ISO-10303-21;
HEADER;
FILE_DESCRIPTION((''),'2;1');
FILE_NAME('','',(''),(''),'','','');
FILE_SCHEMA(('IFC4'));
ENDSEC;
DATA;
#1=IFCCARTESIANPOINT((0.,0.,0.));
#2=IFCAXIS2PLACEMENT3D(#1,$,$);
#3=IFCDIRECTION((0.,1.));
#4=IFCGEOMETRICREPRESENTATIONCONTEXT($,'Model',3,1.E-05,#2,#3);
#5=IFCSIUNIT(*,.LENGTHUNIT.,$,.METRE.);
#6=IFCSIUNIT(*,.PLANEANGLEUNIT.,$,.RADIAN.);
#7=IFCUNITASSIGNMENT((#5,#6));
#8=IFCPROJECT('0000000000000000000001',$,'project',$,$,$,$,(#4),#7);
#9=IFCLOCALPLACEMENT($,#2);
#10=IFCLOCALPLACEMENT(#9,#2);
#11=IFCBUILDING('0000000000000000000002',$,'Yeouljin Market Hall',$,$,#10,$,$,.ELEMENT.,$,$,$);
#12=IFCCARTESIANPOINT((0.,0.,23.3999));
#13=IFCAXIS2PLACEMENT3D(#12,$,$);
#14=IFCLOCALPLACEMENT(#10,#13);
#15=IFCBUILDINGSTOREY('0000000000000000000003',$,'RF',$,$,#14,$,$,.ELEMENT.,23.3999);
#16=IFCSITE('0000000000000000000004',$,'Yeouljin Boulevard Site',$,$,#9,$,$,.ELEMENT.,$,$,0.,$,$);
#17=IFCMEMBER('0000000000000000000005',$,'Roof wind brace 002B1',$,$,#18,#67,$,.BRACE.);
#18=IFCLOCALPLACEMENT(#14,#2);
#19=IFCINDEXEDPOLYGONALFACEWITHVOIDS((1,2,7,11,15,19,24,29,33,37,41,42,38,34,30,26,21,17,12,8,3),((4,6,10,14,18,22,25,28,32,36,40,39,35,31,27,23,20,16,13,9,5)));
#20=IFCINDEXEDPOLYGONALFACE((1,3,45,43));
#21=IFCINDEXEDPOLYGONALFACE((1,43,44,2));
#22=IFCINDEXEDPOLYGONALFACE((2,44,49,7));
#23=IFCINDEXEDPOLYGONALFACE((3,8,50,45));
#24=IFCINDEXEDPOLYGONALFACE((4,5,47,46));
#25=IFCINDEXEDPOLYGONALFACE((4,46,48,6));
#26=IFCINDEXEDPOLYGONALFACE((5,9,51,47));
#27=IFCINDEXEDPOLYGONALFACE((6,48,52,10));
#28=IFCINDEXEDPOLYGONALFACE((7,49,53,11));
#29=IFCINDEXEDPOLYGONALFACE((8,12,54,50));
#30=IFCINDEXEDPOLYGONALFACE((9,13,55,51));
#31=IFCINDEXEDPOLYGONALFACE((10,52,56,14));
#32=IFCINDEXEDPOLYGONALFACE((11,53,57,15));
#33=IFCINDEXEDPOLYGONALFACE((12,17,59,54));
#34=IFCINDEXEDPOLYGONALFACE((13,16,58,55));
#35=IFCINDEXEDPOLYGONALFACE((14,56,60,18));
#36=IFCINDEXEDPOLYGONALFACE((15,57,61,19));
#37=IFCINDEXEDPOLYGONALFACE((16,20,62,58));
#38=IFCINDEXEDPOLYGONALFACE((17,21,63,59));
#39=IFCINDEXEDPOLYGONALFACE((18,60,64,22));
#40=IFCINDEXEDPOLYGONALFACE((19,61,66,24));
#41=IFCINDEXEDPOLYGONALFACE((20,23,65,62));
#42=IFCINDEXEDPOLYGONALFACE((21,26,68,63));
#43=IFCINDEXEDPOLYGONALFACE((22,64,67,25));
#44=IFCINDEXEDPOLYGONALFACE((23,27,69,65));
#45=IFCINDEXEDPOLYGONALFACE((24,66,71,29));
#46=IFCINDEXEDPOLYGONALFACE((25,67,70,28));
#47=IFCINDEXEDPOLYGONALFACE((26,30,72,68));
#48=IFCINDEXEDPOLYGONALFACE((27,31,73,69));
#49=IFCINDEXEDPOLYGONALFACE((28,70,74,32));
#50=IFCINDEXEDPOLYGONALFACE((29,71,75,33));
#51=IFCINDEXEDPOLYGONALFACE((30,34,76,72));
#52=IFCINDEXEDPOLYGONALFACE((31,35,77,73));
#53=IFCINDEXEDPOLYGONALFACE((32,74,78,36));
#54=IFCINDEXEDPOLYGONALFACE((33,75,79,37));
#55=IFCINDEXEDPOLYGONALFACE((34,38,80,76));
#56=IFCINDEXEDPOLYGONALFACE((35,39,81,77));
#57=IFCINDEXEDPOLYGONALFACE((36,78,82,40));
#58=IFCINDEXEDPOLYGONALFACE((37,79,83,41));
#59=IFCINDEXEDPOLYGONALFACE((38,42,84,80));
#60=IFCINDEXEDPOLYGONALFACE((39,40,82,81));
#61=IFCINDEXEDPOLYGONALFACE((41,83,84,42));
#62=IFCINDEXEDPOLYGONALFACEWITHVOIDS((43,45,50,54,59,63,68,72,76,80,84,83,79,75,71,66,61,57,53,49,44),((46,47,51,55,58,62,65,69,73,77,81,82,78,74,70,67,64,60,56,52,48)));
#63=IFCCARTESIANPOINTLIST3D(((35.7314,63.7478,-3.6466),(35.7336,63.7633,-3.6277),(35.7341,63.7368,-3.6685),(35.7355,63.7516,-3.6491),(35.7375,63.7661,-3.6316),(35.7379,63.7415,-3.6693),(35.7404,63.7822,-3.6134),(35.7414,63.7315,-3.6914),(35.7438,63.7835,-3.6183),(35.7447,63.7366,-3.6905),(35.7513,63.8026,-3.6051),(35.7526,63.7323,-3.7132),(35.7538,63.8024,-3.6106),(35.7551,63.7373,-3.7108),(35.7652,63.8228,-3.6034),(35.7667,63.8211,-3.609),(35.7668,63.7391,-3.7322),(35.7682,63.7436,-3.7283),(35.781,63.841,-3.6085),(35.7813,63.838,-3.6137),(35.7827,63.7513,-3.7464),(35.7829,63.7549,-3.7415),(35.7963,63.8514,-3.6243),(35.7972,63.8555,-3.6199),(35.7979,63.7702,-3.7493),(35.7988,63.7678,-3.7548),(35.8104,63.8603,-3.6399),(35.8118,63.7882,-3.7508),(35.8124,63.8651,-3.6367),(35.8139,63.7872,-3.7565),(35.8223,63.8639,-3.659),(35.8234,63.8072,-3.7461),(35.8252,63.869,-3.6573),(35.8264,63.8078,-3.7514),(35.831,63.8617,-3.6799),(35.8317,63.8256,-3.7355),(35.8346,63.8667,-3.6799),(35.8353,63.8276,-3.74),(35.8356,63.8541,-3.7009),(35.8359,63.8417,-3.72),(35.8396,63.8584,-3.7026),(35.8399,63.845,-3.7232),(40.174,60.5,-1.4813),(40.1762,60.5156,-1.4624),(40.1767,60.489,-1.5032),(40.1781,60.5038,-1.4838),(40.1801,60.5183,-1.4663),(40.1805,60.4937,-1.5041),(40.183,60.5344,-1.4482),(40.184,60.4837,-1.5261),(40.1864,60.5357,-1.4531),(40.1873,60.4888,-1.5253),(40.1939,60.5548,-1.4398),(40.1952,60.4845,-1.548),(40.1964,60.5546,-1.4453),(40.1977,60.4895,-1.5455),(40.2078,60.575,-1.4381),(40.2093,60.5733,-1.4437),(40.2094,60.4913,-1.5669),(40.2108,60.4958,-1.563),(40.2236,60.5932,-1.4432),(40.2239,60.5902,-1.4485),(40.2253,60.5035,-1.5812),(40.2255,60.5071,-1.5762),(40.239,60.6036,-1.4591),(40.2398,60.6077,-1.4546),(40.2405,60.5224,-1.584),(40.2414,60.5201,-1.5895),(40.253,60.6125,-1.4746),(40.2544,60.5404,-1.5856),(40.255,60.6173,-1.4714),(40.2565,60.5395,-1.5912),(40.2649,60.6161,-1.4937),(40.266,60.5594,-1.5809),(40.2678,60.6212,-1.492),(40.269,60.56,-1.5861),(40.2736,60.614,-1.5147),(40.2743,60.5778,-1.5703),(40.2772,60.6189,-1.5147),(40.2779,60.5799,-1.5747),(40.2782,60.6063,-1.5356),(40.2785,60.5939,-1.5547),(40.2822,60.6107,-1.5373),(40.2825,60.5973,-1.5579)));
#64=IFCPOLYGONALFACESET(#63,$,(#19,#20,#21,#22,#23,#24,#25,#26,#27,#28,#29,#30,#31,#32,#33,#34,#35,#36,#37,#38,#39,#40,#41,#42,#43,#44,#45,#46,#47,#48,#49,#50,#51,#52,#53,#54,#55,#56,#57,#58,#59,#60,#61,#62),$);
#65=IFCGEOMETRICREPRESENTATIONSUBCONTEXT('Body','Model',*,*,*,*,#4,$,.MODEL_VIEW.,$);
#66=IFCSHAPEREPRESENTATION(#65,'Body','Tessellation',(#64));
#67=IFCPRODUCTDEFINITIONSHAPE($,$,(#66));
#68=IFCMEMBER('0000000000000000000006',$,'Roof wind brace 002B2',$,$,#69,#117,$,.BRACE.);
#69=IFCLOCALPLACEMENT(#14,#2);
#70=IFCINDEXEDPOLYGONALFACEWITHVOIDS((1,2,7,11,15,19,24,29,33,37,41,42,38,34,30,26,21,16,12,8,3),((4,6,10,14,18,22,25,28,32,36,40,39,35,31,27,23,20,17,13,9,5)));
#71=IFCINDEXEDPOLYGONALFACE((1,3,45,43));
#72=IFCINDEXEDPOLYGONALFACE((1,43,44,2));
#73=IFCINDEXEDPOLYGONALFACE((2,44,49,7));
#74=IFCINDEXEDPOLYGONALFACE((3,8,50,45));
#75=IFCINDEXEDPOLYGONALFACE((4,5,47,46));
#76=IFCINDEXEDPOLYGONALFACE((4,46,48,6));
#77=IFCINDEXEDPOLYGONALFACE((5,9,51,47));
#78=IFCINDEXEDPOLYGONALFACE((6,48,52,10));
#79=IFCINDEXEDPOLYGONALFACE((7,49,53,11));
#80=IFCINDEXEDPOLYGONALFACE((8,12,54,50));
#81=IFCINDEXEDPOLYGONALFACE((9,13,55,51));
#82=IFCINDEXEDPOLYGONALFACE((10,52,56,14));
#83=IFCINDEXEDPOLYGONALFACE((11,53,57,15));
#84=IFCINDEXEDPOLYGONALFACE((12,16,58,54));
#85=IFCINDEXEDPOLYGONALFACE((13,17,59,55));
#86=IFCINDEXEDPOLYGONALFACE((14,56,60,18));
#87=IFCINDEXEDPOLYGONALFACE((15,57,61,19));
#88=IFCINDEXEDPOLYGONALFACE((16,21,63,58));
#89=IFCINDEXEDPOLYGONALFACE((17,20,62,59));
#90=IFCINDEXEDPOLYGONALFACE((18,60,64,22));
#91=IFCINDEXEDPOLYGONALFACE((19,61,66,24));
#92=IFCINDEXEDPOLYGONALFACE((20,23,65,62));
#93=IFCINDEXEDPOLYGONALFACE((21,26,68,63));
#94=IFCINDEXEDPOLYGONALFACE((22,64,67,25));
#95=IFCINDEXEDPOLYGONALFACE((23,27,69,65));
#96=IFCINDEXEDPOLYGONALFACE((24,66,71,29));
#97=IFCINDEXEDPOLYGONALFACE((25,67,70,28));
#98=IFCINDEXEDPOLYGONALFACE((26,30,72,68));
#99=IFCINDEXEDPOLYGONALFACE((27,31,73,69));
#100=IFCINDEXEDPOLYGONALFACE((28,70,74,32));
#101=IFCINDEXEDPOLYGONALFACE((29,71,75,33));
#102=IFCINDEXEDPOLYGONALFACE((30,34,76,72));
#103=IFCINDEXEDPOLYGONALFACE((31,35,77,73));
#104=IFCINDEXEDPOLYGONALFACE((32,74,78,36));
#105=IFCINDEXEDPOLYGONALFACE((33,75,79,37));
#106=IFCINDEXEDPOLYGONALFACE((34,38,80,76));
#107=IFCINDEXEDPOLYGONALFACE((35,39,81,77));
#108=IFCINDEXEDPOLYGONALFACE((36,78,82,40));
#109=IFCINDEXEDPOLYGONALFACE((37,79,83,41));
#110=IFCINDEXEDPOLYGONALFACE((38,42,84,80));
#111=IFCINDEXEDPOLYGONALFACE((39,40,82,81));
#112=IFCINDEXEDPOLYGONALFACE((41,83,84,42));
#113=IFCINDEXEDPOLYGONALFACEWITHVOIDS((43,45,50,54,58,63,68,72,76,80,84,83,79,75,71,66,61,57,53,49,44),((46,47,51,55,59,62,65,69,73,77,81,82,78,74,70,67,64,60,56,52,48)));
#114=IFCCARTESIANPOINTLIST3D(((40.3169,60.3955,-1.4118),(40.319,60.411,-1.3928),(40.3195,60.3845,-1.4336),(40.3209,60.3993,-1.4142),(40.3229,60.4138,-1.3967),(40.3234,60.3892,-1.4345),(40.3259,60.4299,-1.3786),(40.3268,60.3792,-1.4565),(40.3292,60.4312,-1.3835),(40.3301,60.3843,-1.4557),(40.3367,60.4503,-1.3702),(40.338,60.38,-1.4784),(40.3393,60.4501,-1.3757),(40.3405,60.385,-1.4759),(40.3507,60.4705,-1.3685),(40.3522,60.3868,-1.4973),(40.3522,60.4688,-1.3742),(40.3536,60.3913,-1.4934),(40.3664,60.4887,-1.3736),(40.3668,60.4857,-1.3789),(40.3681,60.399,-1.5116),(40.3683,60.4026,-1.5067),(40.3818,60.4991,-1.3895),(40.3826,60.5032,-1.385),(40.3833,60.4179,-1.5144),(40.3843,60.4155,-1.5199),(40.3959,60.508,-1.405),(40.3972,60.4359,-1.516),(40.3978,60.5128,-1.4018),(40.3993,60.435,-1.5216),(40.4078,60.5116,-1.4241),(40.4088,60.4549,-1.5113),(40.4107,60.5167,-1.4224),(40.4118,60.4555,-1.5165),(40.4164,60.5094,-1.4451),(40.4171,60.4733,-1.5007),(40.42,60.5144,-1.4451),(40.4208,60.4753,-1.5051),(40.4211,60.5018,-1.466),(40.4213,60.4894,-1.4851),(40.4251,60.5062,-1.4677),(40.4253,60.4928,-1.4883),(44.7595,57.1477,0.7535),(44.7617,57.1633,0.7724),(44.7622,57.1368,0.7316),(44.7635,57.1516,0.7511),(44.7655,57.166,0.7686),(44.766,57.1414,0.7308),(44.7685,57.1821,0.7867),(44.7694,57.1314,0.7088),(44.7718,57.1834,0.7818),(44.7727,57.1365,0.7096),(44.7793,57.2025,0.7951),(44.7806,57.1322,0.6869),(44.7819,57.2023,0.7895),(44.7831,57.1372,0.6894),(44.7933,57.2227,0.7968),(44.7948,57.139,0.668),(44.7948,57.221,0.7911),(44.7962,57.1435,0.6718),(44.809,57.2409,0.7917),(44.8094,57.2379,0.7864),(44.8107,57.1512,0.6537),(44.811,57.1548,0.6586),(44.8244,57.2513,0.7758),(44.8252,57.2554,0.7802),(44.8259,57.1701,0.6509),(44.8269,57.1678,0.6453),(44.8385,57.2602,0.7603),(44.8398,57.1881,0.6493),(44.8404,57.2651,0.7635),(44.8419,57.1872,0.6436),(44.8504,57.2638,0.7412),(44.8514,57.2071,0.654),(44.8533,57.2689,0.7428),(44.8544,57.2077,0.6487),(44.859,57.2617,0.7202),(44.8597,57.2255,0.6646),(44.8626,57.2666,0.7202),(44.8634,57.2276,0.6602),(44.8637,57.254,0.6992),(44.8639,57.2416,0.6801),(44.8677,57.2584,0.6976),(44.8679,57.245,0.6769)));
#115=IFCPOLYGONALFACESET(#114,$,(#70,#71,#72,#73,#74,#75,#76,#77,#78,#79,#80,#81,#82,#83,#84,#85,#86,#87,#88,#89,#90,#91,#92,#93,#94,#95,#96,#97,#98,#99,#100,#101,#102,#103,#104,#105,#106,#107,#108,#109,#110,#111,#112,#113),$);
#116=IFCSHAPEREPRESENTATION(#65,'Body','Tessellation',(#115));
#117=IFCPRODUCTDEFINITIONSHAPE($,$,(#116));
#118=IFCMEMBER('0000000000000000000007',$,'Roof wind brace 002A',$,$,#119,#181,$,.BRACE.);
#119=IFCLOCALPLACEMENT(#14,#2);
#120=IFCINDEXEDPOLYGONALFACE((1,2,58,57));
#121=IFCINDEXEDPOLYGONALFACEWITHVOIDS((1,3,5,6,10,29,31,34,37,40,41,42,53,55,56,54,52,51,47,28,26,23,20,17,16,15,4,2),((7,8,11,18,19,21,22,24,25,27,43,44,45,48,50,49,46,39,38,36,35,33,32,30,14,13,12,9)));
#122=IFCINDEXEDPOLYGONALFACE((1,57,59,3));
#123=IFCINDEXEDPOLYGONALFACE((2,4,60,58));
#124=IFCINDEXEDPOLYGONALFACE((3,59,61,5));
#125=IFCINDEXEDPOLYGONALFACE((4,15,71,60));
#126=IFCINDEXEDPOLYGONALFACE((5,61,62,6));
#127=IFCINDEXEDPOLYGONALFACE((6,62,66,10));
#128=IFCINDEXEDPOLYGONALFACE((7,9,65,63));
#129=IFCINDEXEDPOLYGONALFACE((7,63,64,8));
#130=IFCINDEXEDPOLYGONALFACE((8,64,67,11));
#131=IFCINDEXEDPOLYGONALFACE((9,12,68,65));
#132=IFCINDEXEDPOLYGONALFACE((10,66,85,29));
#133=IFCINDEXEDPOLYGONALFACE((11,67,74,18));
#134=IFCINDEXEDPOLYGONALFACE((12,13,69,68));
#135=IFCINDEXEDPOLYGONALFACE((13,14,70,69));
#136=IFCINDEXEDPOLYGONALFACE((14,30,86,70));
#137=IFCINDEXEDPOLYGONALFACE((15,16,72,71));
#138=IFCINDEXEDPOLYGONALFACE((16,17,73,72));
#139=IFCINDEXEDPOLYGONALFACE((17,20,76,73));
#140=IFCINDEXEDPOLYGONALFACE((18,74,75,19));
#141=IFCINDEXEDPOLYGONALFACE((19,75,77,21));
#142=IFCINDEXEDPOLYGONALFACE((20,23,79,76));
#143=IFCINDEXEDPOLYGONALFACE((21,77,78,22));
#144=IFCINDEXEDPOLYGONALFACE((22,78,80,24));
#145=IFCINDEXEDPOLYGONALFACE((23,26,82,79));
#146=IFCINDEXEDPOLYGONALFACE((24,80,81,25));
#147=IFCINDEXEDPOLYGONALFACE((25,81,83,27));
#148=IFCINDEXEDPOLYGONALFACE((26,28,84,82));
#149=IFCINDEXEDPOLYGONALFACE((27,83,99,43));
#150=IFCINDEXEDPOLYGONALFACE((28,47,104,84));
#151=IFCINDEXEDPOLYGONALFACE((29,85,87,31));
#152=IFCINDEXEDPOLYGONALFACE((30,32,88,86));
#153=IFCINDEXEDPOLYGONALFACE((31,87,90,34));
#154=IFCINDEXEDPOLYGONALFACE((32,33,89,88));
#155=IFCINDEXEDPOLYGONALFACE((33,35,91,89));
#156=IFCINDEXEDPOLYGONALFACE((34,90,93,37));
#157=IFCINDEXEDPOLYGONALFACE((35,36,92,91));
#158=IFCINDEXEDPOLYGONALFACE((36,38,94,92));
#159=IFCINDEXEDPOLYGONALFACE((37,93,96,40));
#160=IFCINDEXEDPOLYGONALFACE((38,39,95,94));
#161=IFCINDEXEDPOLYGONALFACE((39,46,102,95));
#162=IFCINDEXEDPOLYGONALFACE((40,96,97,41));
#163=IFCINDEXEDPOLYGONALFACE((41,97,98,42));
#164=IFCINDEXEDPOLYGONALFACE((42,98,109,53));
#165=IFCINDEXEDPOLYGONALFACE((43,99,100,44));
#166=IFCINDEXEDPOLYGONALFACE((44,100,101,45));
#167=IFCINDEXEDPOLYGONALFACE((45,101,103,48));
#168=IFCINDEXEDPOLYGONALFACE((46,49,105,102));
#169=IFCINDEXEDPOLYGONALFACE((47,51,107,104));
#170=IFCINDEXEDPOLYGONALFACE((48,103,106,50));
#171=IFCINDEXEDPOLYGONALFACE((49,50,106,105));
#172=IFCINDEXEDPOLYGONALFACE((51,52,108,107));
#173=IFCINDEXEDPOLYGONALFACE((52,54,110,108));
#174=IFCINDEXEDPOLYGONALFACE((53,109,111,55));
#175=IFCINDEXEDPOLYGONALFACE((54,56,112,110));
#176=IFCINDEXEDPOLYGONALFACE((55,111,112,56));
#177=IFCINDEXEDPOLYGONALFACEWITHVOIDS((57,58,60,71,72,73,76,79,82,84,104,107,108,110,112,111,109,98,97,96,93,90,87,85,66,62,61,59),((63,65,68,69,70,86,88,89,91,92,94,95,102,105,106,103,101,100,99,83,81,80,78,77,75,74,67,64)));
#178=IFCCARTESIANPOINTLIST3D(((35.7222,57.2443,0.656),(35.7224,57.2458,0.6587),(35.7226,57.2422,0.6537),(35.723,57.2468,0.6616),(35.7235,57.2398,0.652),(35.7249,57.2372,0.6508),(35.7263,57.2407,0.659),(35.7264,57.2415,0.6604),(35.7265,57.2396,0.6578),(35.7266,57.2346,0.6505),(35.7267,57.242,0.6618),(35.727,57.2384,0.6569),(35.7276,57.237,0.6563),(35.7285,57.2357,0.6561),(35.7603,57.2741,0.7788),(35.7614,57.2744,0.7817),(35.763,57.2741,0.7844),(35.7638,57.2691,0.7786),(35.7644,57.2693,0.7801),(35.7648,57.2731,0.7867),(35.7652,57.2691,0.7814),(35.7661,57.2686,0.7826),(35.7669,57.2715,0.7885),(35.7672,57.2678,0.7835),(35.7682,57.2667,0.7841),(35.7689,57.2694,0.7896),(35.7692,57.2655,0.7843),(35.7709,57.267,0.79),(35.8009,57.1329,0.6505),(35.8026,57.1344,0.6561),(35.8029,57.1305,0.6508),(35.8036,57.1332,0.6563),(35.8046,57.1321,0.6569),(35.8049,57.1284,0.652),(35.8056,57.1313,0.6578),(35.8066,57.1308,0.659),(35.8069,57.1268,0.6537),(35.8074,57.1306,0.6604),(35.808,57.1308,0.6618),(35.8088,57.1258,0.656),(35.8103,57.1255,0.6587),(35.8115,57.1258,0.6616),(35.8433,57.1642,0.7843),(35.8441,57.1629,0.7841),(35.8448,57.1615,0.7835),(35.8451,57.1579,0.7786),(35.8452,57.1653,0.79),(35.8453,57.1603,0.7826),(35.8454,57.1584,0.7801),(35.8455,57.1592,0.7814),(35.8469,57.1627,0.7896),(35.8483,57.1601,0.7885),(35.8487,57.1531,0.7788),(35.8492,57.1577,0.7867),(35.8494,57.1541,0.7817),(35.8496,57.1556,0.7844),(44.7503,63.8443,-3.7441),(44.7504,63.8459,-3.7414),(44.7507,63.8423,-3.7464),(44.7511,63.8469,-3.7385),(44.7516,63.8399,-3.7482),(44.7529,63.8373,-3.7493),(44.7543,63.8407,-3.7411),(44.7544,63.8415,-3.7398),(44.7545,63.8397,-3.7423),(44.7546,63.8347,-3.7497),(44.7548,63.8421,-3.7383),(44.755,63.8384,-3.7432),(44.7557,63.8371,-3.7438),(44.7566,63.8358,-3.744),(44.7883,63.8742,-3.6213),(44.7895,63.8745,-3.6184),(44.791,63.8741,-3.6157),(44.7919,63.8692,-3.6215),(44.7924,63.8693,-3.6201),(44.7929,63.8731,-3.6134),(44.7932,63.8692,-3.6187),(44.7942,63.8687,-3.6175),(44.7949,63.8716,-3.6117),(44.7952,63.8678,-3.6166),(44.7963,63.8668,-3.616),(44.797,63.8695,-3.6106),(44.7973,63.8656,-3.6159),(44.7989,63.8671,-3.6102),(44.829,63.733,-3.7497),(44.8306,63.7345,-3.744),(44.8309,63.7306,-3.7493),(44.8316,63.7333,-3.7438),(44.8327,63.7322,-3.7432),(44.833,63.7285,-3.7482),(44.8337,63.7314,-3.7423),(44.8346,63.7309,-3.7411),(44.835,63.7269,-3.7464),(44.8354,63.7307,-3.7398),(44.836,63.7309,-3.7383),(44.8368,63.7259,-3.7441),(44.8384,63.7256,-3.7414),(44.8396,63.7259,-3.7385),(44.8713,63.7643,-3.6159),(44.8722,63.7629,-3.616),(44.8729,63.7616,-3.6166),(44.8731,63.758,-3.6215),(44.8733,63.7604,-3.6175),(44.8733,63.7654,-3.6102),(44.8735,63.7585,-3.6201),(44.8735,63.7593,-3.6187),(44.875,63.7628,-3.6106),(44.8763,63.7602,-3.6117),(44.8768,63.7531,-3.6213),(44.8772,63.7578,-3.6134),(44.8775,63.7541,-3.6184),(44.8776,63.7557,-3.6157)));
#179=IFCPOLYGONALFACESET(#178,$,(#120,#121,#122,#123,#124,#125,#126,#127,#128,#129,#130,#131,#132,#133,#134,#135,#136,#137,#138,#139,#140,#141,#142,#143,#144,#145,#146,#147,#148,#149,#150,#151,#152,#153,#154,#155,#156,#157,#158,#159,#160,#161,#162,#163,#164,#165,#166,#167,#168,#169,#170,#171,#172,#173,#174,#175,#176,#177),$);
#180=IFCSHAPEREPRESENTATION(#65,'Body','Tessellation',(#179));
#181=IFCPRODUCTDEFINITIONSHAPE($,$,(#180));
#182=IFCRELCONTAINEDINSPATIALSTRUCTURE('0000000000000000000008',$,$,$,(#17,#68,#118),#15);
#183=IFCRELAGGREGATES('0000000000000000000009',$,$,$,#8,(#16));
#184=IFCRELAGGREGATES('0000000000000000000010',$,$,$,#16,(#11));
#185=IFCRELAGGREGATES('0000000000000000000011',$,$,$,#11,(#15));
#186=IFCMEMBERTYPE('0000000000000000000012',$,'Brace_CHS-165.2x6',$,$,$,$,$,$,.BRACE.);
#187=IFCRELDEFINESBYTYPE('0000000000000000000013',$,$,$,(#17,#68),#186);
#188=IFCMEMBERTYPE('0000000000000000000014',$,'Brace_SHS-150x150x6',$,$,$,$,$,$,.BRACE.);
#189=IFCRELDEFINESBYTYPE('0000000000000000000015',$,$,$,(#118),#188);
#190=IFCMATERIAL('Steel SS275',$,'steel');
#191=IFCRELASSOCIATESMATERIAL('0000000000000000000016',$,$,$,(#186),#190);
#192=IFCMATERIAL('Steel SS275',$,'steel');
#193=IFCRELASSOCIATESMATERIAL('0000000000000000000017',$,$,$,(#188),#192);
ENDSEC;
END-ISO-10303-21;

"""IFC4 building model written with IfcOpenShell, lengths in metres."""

from ifc_helpers import new_model, si_unit, direction, frame, origin, origin_2d, place, context, subcontext, project, spatial, hollow_rectangle, hollow_circle, extrude, material, material_profile, profile_set, type_object, element, save


model = new_model("IFC4")

# Units and contexts
model_context = context("Model", 3, precision=1e-05, world=origin(), true_north=direction((0.0, 1.0)))
body_context = subcontext(model_context, "Body", "Model", "MODEL_VIEW")
ifc_project = project(units=[si_unit("LENGTHUNIT", "METRE"), si_unit("PLANEANGLEUNIT", "RADIAN")], contexts=[model_context])

# Site, building, storey
site_placement = place(None, origin())
site = spatial("IfcSite", under=ifc_project, at=site_placement, Name="Yeouljin Boulevard Site", CompositionType="ELEMENT", RefElevation=0.0)
building_placement = place(site_placement, origin())
building = spatial("IfcBuilding", under=site, at=building_placement, Name="Yeouljin Market Hall", CompositionType="ELEMENT")
storey_placement = place(building_placement, frame((0.0, 0.0, 23.3999)))
storey = spatial("IfcBuildingStorey", under=building, at=storey_placement, Name="RF", CompositionType="ELEMENT", Elevation=23.3999)

# Members
ifc_material_1 = material(Name="Steel SS275", Category="steel")
ifc_material_profile_1 = material_profile(ifc_material_1, hollow_circle(Radius=0.0825, WallThickness=0.0061, at=origin_2d()), Name="CHS-165.2x6")
ifc_profile_set_1 = profile_set([ifc_material_profile_1], Name="Steel SS275")
member_type_1 = type_object("IfcMemberType", Name="Brace_CHS-165.2x6", PredefinedType="BRACE", material=ifc_profile_set_1)
for number, where, z_axis, x_axis, name in (
    (1, (35.7859, 63.8, -3.6799), (0.751224, -0.549186, 0.366138), (0.590167, 0.807281, 0.0), "Roof wind brace 002B1"),
    (2, (40.3713, 60.4478, -1.4451), (0.751224, -0.549186, 0.366138), (0.590167, 0.807281, 0.0), "Roof wind brace 002B2"),
):
    element("IfcMember", number, at=place(storey_placement, frame(where, z_axis=z_axis, x_axis=x_axis)), inside=storey, type_object=member_type_1, Name=name, PredefinedType="BRACE", context=body_context, shape_type="SweptSolid", body=[
        extrude(hollow_circle(Radius=0.0825, WallThickness=0.0061, at=origin_2d()), origin(), (0.0, 0.0, 1.0), 5.9138),
    ])
ifc_material_2 = material(Name="Steel SS275", Category="steel")
ifc_material_profile_2 = material_profile(ifc_material_2, hollow_rectangle(XDim=0.1499, YDim=0.1499, WallThickness=0.0061, InnerFilletRadius=0.0061, OuterFilletRadius=0.012, at=origin_2d()), Name="SHS-150x150x6")
ifc_profile_set_2 = profile_set([ifc_material_profile_2], Name="Steel SS275")
member_type_2 = type_object("IfcMemberType", Name="Brace_SHS-150x150x6", PredefinedType="BRACE", material=ifc_profile_set_2)
member_1_placement = place(storey_placement, frame((35.7859, 57.2, 0.7202), z_axis=(0.751222, 0.549191, -0.366134), x_axis=(-0.590171, 0.807278, 0.0)))
element("IfcMember", 3, at=member_1_placement, inside=storey, type_object=member_type_2, Name="Roof wind brace 002A", PredefinedType="BRACE", context=body_context, shape_type="SweptSolid", body=[
    extrude(hollow_rectangle(XDim=0.1499, YDim=0.1499, WallThickness=0.0061, InnerFilletRadius=0.0061, OuterFilletRadius=0.012, at=origin_2d()), origin(), (0.0, 0.0, 1.0), 12.0178),
])

save(model, "model.ifc")
